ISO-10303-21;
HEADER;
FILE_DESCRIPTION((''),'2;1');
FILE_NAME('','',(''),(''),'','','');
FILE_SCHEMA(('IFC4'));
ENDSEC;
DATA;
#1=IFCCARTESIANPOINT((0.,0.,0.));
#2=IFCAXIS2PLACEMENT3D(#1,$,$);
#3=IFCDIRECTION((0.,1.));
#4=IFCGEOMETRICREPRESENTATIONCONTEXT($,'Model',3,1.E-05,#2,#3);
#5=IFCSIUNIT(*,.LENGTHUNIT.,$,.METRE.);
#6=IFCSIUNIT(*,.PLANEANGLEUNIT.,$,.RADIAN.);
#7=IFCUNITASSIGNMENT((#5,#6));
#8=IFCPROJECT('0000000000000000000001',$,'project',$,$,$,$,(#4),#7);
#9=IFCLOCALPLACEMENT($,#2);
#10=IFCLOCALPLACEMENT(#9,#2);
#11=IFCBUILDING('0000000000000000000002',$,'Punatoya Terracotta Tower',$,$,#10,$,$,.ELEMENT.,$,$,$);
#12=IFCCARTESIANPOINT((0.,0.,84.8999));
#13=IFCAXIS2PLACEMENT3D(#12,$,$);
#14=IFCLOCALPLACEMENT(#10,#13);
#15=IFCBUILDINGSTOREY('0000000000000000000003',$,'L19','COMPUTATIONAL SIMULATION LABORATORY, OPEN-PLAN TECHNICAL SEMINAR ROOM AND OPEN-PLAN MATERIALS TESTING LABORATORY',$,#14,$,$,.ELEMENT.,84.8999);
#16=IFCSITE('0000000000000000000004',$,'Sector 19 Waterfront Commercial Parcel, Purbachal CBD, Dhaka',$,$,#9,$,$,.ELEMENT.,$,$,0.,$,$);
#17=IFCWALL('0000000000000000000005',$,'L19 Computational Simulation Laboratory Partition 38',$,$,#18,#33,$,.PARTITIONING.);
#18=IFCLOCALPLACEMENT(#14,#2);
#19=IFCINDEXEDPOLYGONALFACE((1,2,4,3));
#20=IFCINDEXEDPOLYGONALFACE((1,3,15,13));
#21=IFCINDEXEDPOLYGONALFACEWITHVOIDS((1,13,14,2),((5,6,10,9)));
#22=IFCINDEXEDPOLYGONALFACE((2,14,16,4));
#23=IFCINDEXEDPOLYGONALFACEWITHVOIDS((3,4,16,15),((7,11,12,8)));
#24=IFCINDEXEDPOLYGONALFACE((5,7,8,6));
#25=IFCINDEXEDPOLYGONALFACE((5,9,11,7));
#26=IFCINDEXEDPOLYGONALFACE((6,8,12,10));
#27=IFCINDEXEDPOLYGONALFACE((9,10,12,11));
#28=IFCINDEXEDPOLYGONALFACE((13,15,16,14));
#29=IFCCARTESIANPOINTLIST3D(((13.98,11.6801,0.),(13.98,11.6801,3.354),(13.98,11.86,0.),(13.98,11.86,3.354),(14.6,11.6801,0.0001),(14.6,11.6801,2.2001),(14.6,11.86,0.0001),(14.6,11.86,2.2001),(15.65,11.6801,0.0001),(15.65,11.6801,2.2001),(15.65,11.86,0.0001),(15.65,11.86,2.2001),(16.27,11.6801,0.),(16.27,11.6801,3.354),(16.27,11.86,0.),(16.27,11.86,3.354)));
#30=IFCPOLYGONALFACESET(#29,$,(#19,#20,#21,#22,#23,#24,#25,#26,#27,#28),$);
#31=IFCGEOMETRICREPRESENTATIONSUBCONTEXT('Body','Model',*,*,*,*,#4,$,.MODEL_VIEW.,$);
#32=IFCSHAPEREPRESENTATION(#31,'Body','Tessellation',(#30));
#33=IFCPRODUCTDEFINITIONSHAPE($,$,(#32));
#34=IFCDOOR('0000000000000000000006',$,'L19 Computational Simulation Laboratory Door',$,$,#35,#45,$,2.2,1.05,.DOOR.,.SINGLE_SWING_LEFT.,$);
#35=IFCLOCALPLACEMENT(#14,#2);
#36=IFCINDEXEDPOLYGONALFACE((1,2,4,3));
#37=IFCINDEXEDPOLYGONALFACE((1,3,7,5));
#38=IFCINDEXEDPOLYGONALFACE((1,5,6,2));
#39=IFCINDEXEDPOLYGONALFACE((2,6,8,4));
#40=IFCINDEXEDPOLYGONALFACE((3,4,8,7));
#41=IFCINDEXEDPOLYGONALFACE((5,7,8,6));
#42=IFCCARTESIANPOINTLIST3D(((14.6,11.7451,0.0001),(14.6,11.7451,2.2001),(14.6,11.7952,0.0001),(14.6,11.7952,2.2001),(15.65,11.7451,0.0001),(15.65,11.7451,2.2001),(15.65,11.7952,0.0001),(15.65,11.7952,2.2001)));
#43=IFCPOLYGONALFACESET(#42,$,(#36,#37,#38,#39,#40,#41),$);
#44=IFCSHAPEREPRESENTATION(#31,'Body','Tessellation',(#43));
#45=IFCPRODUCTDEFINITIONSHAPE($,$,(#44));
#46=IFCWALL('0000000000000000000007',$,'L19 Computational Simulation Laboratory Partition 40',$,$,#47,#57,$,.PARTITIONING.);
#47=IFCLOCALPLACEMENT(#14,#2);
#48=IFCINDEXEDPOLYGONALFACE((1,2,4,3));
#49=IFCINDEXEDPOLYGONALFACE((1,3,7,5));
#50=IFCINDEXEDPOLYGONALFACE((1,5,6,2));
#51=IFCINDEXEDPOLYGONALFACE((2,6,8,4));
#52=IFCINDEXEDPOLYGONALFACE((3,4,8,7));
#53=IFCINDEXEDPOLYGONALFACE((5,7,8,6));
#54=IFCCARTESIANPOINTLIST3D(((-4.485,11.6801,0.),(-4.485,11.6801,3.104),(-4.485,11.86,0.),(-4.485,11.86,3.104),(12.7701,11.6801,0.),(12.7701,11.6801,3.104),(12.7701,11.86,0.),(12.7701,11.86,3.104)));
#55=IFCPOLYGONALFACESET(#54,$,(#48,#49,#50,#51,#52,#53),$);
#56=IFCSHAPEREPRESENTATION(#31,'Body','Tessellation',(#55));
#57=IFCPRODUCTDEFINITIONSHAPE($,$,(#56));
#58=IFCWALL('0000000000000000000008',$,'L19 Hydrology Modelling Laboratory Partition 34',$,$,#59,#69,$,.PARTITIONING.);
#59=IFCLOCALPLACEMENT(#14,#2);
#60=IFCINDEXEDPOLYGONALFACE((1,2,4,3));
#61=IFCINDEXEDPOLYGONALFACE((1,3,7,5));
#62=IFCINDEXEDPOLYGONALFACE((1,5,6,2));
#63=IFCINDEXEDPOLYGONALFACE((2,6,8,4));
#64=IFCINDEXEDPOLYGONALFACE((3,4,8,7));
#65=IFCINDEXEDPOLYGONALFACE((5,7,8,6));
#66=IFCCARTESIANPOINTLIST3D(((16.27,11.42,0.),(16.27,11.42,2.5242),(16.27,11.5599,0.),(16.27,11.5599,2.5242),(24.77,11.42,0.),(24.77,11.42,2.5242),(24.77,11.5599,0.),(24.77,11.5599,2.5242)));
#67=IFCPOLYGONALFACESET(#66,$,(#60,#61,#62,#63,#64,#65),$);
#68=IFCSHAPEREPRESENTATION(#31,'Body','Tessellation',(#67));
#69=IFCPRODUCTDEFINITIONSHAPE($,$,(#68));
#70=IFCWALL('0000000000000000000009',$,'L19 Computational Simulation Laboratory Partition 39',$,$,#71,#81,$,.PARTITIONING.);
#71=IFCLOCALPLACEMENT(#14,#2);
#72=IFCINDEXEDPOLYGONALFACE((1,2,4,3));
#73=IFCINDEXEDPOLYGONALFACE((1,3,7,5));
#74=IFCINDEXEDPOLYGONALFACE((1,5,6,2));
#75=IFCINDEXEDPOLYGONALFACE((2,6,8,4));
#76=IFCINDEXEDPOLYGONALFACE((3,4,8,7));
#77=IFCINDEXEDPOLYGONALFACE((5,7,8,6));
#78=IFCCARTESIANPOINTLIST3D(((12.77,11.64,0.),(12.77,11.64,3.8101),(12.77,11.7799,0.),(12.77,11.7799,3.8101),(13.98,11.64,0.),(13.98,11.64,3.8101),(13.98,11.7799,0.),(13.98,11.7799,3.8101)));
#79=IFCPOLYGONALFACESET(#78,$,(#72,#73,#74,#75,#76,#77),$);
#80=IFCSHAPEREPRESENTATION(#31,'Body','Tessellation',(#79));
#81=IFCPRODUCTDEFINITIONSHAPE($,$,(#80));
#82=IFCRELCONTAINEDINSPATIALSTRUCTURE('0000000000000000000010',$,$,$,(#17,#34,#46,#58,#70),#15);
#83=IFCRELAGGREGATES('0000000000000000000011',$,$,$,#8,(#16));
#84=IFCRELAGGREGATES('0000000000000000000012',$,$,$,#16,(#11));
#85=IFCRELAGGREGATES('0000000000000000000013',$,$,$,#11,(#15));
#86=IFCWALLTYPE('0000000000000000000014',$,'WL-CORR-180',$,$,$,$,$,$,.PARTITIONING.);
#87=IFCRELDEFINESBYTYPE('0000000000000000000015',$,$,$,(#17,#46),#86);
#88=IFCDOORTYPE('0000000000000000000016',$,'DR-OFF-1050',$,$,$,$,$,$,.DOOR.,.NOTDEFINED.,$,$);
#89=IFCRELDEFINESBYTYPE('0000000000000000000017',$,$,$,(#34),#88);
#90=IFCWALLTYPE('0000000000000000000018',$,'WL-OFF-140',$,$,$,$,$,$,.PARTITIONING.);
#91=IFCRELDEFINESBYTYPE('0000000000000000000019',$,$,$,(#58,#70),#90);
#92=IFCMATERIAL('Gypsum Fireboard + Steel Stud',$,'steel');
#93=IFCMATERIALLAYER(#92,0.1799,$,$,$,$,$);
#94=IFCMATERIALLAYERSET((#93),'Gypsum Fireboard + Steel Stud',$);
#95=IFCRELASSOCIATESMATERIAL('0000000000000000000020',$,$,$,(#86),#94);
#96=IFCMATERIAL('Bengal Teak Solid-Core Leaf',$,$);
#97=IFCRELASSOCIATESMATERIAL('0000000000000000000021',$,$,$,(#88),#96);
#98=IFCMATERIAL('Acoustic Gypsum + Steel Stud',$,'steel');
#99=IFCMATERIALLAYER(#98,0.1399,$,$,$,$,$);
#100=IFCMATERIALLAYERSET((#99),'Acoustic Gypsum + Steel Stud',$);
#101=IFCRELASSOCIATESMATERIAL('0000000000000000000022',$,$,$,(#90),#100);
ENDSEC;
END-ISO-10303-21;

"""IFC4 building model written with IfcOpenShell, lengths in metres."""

from ifc_helpers import new_model, si_unit, direction, frame, frame_2d, origin, place, context, subcontext, project, spatial, rectangle, extrude, material, layer, layer_set, type_object, element, fill, save


model = new_model("IFC4")

# Units and contexts
model_context = context("Model", 3, precision=1e-05, world=origin(), true_north=direction((0.0, 1.0)))
body_context = subcontext(model_context, "Body", "Model", "MODEL_VIEW")
ifc_project = project(units=[si_unit("LENGTHUNIT", "METRE"), si_unit("PLANEANGLEUNIT", "RADIAN")], contexts=[model_context])

# Site, building, storey
site_placement = place(None, origin())
site = spatial("IfcSite", under=ifc_project, at=site_placement, Name="Sector 19 Waterfront Commercial Parcel, Purbachal CBD, Dhaka", CompositionType="ELEMENT", RefElevation=0.0)
building_placement = place(site_placement, origin())
building = spatial("IfcBuilding", under=site, at=building_placement, Name="Punatoya Terracotta Tower", CompositionType="ELEMENT")
storey_placement = place(building_placement, frame((0.0, 0.0, 84.8999)))
storey = spatial("IfcBuildingStorey", under=building, at=storey_placement, Name="L19", Description="COMPUTATIONAL SIMULATION LABORATORY, OPEN-PLAN TECHNICAL SEMINAR ROOM AND OPEN-PLAN MATERIALS TESTING LABORATORY", CompositionType="ELEMENT", Elevation=84.8999)

# Wall, opening, door
ifc_material_1 = material(Name="Gypsum Fireboard + Steel Stud", Category="steel")
ifc_layer_1 = layer(ifc_material_1, 0.1799)
ifc_layer_set_1 = layer_set([ifc_layer_1], Name="Gypsum Fireboard + Steel Stud")
wall_type_1 = type_object("IfcWallType", Name="WL-CORR-180", PredefinedType="PARTITIONING", material=ifc_layer_set_1)
wall_1_placement = place(storey_placement, frame((16.27, 11.77, 0.0), z_axis=(0.0, 0.0, 1.0), x_axis=(-1.0, 0.0, 0.0)))
wall_1 = element("IfcWall", 1, at=wall_1_placement, inside=storey, type_object=wall_type_1, Name="L19 Computational Simulation Laboratory Partition 38", PredefinedType="PARTITIONING", context=body_context, shape_type="SweptSolid", body=[
    extrude(rectangle(XDim=2.29, YDim=0.1799, at=frame_2d((1.145, 0.0))), origin(), (0.0, 0.0, 1.0), 3.354),
])
opening_placement = place(wall_1_placement, frame((0.6201, 0.0, 0.0)))
opening = element("IfcOpeningElement", 2, at=opening_placement, cuts=wall_1, PredefinedType="OPENING", context=body_context, shape_type="SweptSolid", body=[
    extrude(rectangle(XDim=1.05, YDim=2.2, at=frame_2d((0.5249, 1.1001))), frame((0.0, 0.0999, 0.0), z_axis=(0.0, -1.0, 0.0), x_axis=(1.0, 0.0, 0.0)), (0.0, 0.0, 1.0), 0.2),
])
ifc_material_2 = material(Name="Bengal Teak Solid-Core Leaf")
door_type = type_object("IfcDoorType", Name="DR-OFF-1050", OperationType="NOTDEFINED", PredefinedType="DOOR", material=ifc_material_2)
door_placement = place(opening_placement, origin())
door = element("IfcDoor", 3, at=door_placement, inside=storey, type_object=door_type, Name="L19 Computational Simulation Laboratory Door", OperationType="SINGLE_SWING_LEFT", OverallHeight=2.2, OverallWidth=1.05, PredefinedType="DOOR", context=body_context, shape_type="SweptSolid", body=[
    extrude(rectangle(XDim=1.05, YDim=2.2, at=frame_2d((0.5249, 1.1001))), frame((0.0, 0.0249, 0.0), z_axis=(0.0, -1.0, 0.0), x_axis=(1.0, 0.0, 0.0)), (0.0, 0.0, 1.0), 0.05),
])
fill(opening, door)

# Walls
wall_2_placement = place(storey_placement, frame((12.77, 11.77, 0.0), z_axis=(0.0, 0.0, 1.0), x_axis=(-1.0, 0.0, 0.0)))
element("IfcWall", 4, at=wall_2_placement, inside=storey, type_object=wall_type_1, Name="L19 Computational Simulation Laboratory Partition 40", PredefinedType="PARTITIONING", context=body_context, shape_type="SweptSolid", body=[
    extrude(rectangle(XDim=17.2551, YDim=0.1799, at=frame_2d((8.6274, 0.0))), origin(), (0.0, 0.0, 1.0), 3.104),
])
ifc_material_3 = material(Name="Acoustic Gypsum + Steel Stud", Category="steel")
ifc_layer_2 = layer(ifc_material_3, 0.1399)
ifc_layer_set_2 = layer_set([ifc_layer_2], Name="Acoustic Gypsum + Steel Stud")
wall_type_2 = type_object("IfcWallType", Name="WL-OFF-140", PredefinedType="PARTITIONING", material=ifc_layer_set_2)
wall_3_placement = place(storey_placement, frame((16.27, 11.49, 0.0), z_axis=(0.0, 0.0, 1.0), x_axis=(1.0, 0.0, 0.0)))
element("IfcWall", 5, at=wall_3_placement, inside=storey, type_object=wall_type_2, Name="L19 Hydrology Modelling Laboratory Partition 34", PredefinedType="PARTITIONING", context=body_context, shape_type="SweptSolid", body=[
    extrude(rectangle(XDim=8.5, YDim=0.1399, at=frame_2d((4.25, 0.0))), origin(), (0.0, 0.0, 1.0), 2.5242),
])
wall_4_placement = place(storey_placement, frame((13.98, 11.71, 0.0), z_axis=(0.0, 0.0, 1.0), x_axis=(-1.0, 0.0, 0.0)))
element("IfcWall", 6, at=wall_4_placement, inside=storey, type_object=wall_type_2, Name="L19 Computational Simulation Laboratory Partition 39", PredefinedType="PARTITIONING", context=body_context, shape_type="SweptSolid", body=[
    extrude(rectangle(XDim=1.21, YDim=0.1399, at=frame_2d((0.605, 0.0))), origin(), (0.0, 0.0, 1.0), 3.8101),
])

save(model, "model.ifc")
